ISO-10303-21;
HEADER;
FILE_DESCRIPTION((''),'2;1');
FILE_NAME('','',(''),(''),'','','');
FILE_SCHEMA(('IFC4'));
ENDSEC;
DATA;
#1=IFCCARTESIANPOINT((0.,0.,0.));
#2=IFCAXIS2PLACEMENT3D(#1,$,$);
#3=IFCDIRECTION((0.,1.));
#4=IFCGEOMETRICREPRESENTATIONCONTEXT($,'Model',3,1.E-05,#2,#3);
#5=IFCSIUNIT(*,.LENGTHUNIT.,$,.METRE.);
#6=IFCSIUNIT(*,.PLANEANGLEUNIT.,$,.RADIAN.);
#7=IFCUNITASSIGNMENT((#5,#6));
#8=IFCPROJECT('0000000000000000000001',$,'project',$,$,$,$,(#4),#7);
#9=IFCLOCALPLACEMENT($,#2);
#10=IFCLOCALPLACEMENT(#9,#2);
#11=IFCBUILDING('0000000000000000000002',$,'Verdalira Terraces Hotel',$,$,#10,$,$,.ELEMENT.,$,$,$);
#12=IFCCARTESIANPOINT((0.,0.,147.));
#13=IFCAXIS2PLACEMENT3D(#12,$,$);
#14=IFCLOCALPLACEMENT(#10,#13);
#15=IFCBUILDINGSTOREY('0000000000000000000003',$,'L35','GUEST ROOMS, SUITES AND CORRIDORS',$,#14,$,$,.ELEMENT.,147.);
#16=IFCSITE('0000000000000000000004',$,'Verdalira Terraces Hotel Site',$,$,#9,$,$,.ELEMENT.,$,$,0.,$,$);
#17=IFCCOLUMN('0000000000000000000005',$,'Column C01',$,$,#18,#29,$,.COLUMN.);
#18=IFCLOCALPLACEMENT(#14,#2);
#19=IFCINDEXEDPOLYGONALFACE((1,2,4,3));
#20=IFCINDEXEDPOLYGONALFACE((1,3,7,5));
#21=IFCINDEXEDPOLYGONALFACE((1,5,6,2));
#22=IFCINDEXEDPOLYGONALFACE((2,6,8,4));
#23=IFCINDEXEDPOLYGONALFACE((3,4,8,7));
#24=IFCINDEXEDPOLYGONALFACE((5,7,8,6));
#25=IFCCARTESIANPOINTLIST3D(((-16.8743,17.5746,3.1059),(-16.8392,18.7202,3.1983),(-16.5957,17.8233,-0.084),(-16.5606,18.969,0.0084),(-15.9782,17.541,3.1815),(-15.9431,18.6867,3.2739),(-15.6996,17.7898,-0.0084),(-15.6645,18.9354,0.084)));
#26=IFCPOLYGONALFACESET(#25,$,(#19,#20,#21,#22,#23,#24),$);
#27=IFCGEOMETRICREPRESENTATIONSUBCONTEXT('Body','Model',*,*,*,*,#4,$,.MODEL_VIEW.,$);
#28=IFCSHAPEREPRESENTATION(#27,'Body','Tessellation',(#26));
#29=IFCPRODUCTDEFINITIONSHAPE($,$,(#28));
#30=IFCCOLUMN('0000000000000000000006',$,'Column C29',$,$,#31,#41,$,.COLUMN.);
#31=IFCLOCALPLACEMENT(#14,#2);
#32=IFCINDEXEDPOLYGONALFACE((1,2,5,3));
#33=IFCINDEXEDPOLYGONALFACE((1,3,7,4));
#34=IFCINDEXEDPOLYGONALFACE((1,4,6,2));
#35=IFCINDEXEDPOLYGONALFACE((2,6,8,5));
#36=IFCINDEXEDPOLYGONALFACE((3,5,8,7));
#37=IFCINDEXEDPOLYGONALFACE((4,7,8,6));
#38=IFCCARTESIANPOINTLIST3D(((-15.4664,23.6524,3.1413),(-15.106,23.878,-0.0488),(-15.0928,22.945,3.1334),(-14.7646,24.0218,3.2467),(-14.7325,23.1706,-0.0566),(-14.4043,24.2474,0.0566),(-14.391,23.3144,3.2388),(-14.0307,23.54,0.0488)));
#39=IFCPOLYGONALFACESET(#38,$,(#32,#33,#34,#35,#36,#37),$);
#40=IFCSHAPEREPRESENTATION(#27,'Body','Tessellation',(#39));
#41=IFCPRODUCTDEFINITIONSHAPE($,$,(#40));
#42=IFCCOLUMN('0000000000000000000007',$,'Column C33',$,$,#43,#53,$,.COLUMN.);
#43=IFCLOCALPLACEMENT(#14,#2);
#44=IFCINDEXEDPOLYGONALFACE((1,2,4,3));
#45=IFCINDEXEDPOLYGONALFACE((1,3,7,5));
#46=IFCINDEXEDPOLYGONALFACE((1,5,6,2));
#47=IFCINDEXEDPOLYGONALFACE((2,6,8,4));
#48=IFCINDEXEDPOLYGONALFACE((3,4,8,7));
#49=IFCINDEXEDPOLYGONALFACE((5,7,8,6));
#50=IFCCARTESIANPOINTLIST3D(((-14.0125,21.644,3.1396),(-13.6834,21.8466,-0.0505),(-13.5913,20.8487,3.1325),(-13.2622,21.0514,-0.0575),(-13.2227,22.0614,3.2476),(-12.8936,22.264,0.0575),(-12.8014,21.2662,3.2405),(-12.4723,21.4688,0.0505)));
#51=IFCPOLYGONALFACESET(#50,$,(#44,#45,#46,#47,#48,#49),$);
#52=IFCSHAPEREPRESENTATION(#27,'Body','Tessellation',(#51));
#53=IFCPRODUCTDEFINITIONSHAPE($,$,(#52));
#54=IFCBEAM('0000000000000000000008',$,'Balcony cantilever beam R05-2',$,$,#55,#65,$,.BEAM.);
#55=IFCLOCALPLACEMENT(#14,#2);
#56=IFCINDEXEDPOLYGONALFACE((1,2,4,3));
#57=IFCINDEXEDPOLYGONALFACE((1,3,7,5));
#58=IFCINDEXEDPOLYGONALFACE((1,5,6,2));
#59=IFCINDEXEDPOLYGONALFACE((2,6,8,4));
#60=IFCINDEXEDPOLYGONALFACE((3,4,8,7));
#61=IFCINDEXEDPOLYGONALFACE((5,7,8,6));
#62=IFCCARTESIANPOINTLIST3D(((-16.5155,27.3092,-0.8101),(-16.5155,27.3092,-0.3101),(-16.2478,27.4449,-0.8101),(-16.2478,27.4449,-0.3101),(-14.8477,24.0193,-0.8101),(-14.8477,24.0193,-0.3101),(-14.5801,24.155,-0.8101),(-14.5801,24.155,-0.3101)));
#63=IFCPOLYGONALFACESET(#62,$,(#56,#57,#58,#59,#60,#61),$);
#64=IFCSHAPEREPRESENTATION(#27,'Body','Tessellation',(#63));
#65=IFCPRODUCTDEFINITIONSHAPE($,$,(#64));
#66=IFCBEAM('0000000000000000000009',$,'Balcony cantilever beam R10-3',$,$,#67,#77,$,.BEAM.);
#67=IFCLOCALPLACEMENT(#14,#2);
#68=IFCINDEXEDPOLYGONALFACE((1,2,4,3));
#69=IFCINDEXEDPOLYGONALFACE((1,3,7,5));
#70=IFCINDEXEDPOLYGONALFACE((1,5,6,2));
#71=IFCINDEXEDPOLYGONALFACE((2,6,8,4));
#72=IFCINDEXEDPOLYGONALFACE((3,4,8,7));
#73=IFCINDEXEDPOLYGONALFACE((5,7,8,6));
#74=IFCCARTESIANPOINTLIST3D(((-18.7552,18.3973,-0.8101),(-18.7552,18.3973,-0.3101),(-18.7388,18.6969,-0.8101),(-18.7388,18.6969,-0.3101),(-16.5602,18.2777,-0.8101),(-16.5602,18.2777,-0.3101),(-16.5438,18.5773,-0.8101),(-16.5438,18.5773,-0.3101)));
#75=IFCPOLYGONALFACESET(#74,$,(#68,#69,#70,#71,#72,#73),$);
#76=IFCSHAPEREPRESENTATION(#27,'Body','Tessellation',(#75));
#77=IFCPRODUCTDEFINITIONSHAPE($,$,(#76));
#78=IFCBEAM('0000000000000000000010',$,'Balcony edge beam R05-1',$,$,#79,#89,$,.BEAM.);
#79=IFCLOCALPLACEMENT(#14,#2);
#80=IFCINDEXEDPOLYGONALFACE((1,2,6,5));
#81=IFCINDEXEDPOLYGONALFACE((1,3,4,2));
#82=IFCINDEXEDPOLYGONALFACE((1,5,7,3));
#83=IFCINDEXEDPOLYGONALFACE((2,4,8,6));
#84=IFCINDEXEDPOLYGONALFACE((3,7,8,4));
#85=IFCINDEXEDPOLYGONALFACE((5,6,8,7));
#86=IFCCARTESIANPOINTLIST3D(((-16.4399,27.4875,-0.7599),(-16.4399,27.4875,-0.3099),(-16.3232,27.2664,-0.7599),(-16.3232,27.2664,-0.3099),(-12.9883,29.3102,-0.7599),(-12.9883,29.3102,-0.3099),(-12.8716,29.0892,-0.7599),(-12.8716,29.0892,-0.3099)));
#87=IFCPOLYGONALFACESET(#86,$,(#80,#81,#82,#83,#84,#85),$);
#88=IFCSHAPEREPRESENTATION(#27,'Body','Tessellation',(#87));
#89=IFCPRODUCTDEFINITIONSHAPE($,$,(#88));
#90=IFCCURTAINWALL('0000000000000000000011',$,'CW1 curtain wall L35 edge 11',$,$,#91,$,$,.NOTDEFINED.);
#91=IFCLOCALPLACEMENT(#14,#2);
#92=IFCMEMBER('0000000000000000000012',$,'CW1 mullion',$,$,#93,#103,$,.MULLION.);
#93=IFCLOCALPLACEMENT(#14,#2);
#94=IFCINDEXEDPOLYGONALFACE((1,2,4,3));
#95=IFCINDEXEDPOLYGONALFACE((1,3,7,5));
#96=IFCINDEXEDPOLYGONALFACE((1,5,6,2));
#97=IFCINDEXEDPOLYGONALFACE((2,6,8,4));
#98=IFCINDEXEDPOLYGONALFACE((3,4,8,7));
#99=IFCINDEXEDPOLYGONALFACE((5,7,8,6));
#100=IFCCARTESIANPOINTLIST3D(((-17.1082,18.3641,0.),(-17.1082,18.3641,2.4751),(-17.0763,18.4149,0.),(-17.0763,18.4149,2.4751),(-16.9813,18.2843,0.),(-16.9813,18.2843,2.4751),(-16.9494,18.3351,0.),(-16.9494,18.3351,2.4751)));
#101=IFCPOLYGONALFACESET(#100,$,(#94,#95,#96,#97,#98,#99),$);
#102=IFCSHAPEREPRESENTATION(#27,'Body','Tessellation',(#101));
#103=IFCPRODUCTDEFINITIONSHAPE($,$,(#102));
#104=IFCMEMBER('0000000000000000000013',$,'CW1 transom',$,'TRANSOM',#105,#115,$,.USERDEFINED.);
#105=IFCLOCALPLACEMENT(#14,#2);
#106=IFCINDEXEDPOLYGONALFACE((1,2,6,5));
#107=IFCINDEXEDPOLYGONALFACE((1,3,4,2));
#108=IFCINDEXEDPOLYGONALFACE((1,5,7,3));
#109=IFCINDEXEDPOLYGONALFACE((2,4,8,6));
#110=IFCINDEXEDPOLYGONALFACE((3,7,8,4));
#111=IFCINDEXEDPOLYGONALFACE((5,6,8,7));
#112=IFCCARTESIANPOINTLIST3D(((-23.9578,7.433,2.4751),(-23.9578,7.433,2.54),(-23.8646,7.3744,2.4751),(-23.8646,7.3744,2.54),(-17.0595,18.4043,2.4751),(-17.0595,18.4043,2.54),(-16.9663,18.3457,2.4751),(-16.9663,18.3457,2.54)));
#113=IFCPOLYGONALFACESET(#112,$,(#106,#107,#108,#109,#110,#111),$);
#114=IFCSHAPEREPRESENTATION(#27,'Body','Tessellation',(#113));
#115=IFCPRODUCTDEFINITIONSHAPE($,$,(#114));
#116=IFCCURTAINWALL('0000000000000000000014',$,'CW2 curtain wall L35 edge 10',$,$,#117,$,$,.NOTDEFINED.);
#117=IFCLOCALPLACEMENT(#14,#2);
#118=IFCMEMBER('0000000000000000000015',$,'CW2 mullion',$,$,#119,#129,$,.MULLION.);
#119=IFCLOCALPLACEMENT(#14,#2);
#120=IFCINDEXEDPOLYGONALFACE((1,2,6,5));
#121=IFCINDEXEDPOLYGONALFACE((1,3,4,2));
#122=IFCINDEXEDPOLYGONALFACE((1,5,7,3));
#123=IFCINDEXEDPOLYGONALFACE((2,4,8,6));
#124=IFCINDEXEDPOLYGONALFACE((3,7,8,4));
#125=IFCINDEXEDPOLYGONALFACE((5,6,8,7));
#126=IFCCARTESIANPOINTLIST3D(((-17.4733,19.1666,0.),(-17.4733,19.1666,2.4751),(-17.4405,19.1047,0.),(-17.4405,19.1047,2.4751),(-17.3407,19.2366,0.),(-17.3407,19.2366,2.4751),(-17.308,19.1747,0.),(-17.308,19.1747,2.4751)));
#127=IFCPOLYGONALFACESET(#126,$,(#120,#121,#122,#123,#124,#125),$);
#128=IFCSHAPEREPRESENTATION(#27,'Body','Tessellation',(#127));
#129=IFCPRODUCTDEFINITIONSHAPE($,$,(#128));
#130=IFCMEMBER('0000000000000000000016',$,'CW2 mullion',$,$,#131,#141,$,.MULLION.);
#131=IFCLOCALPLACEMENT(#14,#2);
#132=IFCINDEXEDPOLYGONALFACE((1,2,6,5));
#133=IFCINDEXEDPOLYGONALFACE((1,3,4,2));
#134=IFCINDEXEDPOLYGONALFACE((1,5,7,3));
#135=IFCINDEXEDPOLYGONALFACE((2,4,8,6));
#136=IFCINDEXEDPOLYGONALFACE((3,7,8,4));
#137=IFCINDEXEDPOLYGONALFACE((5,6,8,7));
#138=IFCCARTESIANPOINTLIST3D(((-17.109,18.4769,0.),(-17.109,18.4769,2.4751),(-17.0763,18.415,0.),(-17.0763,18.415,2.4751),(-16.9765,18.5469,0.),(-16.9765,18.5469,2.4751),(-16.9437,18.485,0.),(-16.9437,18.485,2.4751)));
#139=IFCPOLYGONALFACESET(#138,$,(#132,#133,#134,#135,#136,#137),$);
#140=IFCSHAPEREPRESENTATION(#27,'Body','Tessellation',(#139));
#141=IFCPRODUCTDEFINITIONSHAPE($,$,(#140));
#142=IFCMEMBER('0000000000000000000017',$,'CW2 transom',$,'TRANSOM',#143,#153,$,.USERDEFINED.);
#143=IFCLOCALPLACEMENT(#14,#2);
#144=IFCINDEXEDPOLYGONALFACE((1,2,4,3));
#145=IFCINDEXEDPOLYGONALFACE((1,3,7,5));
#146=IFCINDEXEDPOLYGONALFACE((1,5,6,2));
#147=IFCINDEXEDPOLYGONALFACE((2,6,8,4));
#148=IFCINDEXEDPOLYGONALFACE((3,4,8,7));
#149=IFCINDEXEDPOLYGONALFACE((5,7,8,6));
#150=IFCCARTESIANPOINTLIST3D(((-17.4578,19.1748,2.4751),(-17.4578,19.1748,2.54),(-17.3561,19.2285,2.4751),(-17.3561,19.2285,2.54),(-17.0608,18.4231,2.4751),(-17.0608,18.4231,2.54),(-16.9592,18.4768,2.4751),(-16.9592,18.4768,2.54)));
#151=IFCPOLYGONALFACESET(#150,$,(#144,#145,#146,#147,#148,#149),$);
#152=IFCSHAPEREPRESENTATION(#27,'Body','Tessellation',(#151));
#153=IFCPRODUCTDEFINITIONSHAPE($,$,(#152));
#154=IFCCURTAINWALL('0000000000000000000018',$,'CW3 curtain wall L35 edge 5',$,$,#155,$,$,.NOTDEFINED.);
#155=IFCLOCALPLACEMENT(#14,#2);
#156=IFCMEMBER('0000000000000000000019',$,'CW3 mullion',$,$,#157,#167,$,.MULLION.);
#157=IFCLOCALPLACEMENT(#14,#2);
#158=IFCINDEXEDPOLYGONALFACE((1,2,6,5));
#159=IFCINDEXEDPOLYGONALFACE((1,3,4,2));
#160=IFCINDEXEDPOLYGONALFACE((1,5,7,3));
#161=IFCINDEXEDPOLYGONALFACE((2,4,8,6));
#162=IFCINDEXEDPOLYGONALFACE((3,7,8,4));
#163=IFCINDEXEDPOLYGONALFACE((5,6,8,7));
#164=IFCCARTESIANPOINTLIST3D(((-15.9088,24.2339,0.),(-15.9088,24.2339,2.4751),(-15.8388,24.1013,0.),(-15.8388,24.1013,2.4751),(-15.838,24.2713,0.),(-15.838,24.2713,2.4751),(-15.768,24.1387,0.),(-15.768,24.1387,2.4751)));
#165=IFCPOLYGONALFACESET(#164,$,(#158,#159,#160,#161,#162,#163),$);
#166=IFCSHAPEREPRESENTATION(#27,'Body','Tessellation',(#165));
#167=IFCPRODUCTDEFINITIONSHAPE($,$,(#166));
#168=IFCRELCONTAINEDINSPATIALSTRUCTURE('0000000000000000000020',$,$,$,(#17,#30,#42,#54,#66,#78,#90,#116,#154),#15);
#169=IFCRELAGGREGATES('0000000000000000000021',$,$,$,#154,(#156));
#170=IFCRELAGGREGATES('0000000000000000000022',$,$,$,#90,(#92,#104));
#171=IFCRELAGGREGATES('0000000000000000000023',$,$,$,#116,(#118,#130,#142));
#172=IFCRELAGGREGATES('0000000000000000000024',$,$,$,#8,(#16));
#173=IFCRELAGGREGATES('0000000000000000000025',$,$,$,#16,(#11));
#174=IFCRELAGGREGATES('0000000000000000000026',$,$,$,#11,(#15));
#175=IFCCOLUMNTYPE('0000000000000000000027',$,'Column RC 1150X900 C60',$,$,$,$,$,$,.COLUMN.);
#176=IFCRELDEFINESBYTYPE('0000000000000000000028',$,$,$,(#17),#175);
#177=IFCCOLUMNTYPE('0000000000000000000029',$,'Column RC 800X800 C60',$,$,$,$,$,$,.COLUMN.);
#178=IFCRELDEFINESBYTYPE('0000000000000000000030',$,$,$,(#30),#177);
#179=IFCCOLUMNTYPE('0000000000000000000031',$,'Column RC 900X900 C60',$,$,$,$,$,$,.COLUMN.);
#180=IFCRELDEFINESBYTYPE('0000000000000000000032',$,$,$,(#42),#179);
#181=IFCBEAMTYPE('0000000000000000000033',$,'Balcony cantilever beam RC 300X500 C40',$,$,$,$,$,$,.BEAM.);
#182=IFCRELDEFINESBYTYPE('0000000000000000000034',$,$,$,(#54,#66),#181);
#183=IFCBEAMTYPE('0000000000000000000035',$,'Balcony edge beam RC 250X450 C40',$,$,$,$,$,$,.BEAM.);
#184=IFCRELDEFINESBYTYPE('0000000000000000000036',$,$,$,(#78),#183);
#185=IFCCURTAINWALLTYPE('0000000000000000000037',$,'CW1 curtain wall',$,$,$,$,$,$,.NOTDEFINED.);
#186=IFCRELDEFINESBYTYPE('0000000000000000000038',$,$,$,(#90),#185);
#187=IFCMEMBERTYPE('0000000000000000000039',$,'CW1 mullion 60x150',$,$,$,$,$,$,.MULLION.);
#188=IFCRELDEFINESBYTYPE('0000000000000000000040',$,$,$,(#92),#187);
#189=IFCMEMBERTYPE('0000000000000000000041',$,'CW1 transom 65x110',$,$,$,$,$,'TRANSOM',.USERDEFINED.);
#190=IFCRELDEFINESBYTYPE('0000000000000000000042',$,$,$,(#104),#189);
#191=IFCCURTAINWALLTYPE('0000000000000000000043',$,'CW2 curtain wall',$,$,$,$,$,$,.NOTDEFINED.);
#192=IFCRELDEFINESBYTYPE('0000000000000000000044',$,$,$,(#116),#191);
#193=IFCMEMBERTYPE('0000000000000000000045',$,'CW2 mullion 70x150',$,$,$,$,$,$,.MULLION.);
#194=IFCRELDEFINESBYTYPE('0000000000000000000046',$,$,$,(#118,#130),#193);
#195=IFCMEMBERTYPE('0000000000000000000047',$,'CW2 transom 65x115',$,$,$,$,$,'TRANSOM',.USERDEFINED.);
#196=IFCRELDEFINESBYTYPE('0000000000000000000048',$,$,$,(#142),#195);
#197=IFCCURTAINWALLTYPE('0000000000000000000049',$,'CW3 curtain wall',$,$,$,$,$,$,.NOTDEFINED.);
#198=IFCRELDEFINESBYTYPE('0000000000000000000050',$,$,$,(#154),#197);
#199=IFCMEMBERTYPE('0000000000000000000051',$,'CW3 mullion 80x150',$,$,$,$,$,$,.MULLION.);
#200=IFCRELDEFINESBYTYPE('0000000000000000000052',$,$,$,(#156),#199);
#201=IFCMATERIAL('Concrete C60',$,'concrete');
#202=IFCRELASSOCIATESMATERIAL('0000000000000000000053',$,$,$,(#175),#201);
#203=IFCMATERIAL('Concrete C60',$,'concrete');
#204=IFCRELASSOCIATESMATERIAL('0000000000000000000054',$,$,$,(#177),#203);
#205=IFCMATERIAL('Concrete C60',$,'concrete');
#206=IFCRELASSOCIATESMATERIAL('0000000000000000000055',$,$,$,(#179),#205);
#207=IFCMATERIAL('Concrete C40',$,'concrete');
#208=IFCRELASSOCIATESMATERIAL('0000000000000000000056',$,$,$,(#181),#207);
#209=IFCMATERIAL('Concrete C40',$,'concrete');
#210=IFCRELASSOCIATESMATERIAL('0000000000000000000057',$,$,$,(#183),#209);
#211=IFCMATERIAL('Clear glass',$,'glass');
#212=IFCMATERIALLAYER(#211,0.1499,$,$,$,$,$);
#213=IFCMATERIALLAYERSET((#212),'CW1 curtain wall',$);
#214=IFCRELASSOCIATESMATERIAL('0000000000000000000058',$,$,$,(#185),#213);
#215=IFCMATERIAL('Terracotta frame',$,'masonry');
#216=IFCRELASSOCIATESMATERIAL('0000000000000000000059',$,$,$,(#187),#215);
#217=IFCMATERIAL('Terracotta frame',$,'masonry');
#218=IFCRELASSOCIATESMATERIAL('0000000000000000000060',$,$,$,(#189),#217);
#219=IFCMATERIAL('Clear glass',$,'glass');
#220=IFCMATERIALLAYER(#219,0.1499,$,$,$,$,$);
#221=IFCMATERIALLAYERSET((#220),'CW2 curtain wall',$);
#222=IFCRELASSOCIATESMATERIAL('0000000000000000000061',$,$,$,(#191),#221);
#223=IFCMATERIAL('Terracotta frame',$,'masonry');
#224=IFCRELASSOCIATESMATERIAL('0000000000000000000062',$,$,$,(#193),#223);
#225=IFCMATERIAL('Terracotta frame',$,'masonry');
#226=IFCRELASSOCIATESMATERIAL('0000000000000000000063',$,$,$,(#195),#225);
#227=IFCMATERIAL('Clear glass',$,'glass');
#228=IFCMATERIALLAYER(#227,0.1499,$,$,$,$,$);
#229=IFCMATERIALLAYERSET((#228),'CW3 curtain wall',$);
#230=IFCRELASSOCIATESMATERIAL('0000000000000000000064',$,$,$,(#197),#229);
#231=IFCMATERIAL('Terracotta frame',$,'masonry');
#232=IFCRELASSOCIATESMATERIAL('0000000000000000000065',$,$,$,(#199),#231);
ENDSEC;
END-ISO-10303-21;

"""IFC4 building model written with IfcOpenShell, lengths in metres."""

from ifc_helpers import new_model, si_unit, direction, frame, origin, origin_2d, place, context, subcontext, project, spatial, rectangle, extrude, material, layer, layer_set, material_profile, profile_set, type_object, element, aggregate, save


model = new_model("IFC4")

# Units and contexts
model_context = context("Model", 3, precision=1e-05, world=origin(), true_north=direction((0.0, 1.0)))
body_context = subcontext(model_context, "Body", "Model", "MODEL_VIEW")
ifc_project = project(units=[si_unit("LENGTHUNIT", "METRE"), si_unit("PLANEANGLEUNIT", "RADIAN")], contexts=[model_context])

# Site, building, storey
site_placement = place(None, origin())
site = spatial("IfcSite", under=ifc_project, at=site_placement, Name="Verdalira Terraces Hotel Site", CompositionType="ELEMENT", RefElevation=0.0)
building_placement = place(site_placement, origin())
building = spatial("IfcBuilding", under=site, at=building_placement, Name="Verdalira Terraces Hotel", CompositionType="ELEMENT")
storey_placement = place(building_placement, frame((0.0, 0.0, 147.0)))
storey = spatial("IfcBuildingStorey", under=building, at=storey_placement, Name="L35", Description="GUEST ROOMS, SUITES AND CORRIDORS", CompositionType="ELEMENT", Elevation=147.0)

# Columns
ifc_material_1 = material(Name="Concrete C60", Category="concrete")
ifc_material_profile_1 = material_profile(ifc_material_1, rectangle(XDim=1.1499, YDim=0.8999, at=origin_2d()), Name="RC 1150X900")
ifc_profile_set_1 = profile_set([ifc_material_profile_1], Name="Concrete C60")
column_type_1 = type_object("IfcColumnType", Name="Column RC 1150X900 C60", PredefinedType="COLUMN", material=ifc_profile_set_1)
column_1_placement = place(storey_placement, frame((-16.1301, 18.3794, 0.0), z_axis=(-0.086733, -0.07746, 0.993216), x_axis=(0.030513, 0.996298, 0.080365)))
element("IfcColumn", 1, at=column_1_placement, inside=storey, type_object=column_type_1, Name="Column C01", PredefinedType="COLUMN", context=body_context, shape_type="SweptSolid", body=[
    extrude(rectangle(XDim=1.1499, YDim=0.8999, at=origin_2d()), origin(), (0.0, 0.0, 1.0), 3.2117),
])
ifc_material_2 = material(Name="Concrete C60", Category="concrete")
ifc_material_profile_2 = material_profile(ifc_material_2, rectangle(XDim=0.8, YDim=0.8, at=origin_2d()), Name="RC 800X800")
ifc_profile_set_2 = profile_set([ifc_material_profile_2], Name="Concrete C60")
column_type_2 = type_object("IfcColumnType", Name="Column RC 800X800 C60", PredefinedType="COLUMN", material=ifc_profile_set_2)
column_2_placement = place(storey_placement, frame((-14.5684, 23.709, 0.0), z_axis=(-0.111975, -0.070098, 0.991236), x_axis=(-0.877166, -0.461762, -0.131744)))
element("IfcColumn", 2, at=column_2_placement, inside=storey, type_object=column_type_2, Name="Column C29", PredefinedType="COLUMN", context=body_context, shape_type="SweptSolid", body=[
    extrude(rectangle(XDim=0.8, YDim=0.8, at=origin_2d()), origin(), (0.0, 0.0, 1.0), 3.2183),
])
ifc_material_3 = material(Name="Concrete C60", Category="concrete")
ifc_material_profile_3 = material_profile(ifc_material_3, rectangle(XDim=0.8999, YDim=0.8999, at=origin_2d()), Name="RC 900X900")
ifc_profile_set_3 = profile_set([ifc_material_profile_3], Name="Concrete C60")
column_type_3 = type_object("IfcColumnType", Name="Column RC 900X900 C60", PredefinedType="COLUMN", material=ifc_profile_set_3)
column_3_placement = place(storey_placement, frame((-13.0779, 21.6577, 0.0), z_axis=(-0.10242, -0.063062, 0.99274), x_axis=(-0.468077, 0.883653, 0.007842)))
element("IfcColumn", 3, at=column_3_placement, inside=storey, type_object=column_type_3, Name="Column C33", PredefinedType="COLUMN", context=body_context, shape_type="SweptSolid", body=[
    extrude(rectangle(XDim=0.8999, YDim=0.8999, at=origin_2d()), origin(), (0.0, 0.0, 1.0), 3.2134),
])

# Beams
ifc_material_4 = material(Name="Concrete C40", Category="concrete")
ifc_material_profile_4 = material_profile(ifc_material_4, rectangle(XDim=0.3, YDim=0.5, at=origin_2d()), Name="RC 300X500")
ifc_profile_set_4 = profile_set([ifc_material_profile_4], Name="Concrete C40")
beam_type_1 = type_object("IfcBeamType", Name="Balcony cantilever beam RC 300X500 C40", PredefinedType="BEAM", material=ifc_profile_set_4)
beam_1_placement = place(storey_placement, frame((-14.7139, 24.0872, -0.5601), z_axis=(-0.452158, 0.891938, 0.0), x_axis=(-0.891938, -0.452158, 0.0)))
element("IfcBeam", 4, at=beam_1_placement, inside=storey, type_object=beam_type_1, Name="Balcony cantilever beam R05-2", PredefinedType="BEAM", context=body_context, shape_type="SweptSolid", body=[
    extrude(rectangle(XDim=0.3, YDim=0.5, at=origin_2d()), origin(), (0.0, 0.0, 1.0), 3.6885),
])
beam_2_placement = place(storey_placement, frame((-16.552, 18.4275, -0.5601), z_axis=(-0.998518, 0.054418, 0.0), x_axis=(-0.054418, -0.998518, 0.0)))
element("IfcBeam", 5, at=beam_2_placement, inside=storey, type_object=beam_type_1, Name="Balcony cantilever beam R10-3", PredefinedType="BEAM", context=body_context, shape_type="SweptSolid", body=[
    extrude(rectangle(XDim=0.3, YDim=0.5, at=origin_2d()), origin(), (0.0, 0.0, 1.0), 2.1982),
])
ifc_material_5 = material(Name="Concrete C40", Category="concrete")
ifc_material_profile_5 = material_profile(ifc_material_5, rectangle(XDim=0.25, YDim=0.45, at=origin_2d()), Name="RC 250X450")
ifc_profile_set_5 = profile_set([ifc_material_profile_5], Name="Concrete C40")
beam_type_2 = type_object("IfcBeamType", Name="Balcony edge beam RC 250X450 C40", PredefinedType="BEAM", material=ifc_profile_set_5)
beam_3_placement = place(storey_placement, frame((-12.9299, 29.1997, -0.5349), z_axis=(-0.884274, -0.466968, 0.0), x_axis=(0.466968, -0.884274, 0.0)))
element("IfcBeam", 6, at=beam_3_placement, inside=storey, type_object=beam_type_2, Name="Balcony edge beam R05-1", PredefinedType="BEAM", context=body_context, shape_type="SweptSolid", body=[
    extrude(rectangle(XDim=0.25, YDim=0.45, at=origin_2d()), origin(), (0.0, 0.0, 1.0), 3.9033),
])

# Curtain walls, members
ifc_material_6 = material(Name="Clear glass", Category="glass")
ifc_layer_1 = layer(ifc_material_6, 0.1499)
ifc_layer_set_1 = layer_set([ifc_layer_1], Name="CW1 curtain wall")
curtain_wall_type_1 = type_object("IfcCurtainWallType", Name="CW1 curtain wall", PredefinedType="NOTDEFINED", material=ifc_layer_set_1)
curtain_wall_1_placement = place(storey_placement, origin())
curtain_wall_1 = element("IfcCurtainWall", 7, at=curtain_wall_1_placement, inside=storey, type_object=curtain_wall_type_1, Name="CW1 curtain wall L35 edge 11", PredefinedType="NOTDEFINED")
ifc_material_7 = material(Name="Terracotta frame", Category="masonry")
ifc_material_profile_6 = material_profile(ifc_material_7, rectangle(XDim=0.0601, YDim=0.1499, at=origin_2d()), Name="MU 60x150")
ifc_profile_set_6 = profile_set([ifc_material_profile_6], Name="Terracotta frame")
member_type_1 = type_object("IfcMemberType", Name="CW1 mullion 60x150", PredefinedType="MULLION", material=ifc_profile_set_6)
member_1_placement = place(storey_placement, frame((-17.0288, 18.3496, 0.0), z_axis=(0.0, 0.0, 1.0), x_axis=(-0.532285, -0.846565, 0.0)))
member_1 = element("IfcMember", 8, at=member_1_placement, type_object=member_type_1, Name="CW1 mullion", PredefinedType="MULLION", context=body_context, shape_type="SweptSolid", body=[
    extrude(rectangle(XDim=0.0601, YDim=0.1499, at=origin_2d()), origin(), (0.0, 0.0, 1.0), 2.4751),
])
ifc_material_8 = material(Name="Terracotta frame", Category="masonry")
ifc_material_profile_7 = material_profile(ifc_material_8, rectangle(XDim=0.1101, YDim=0.0649, at=origin_2d()), Name="TR 65x110")
ifc_profile_set_7 = profile_set([ifc_material_profile_7], Name="Terracotta frame")
member_type_2 = type_object("IfcMemberType", Name="CW1 transom 65x110", ElementType="TRANSOM", PredefinedType="USERDEFINED", material=ifc_profile_set_7)
member_2_placement = place(storey_placement, frame((-17.0129, 18.375, 2.5076), z_axis=(-0.532283, -0.846566, 0.0), x_axis=(0.846566, -0.532283, 0.0)))
member_2 = element("IfcMember", 9, at=member_2_placement, type_object=member_type_2, Name="CW1 transom", ObjectType="TRANSOM", PredefinedType="USERDEFINED", context=body_context, shape_type="SweptSolid", body=[
    extrude(rectangle(XDim=0.1101, YDim=0.0649, at=origin_2d()), origin(), (0.0, 0.0, 1.0), 12.9597),
])
ifc_material_9 = material(Name="Clear glass", Category="glass")
ifc_layer_2 = layer(ifc_material_9, 0.1499)
ifc_layer_set_2 = layer_set([ifc_layer_2], Name="CW2 curtain wall")
curtain_wall_type_2 = type_object("IfcCurtainWallType", Name="CW2 curtain wall", PredefinedType="NOTDEFINED", material=ifc_layer_set_2)
curtain_wall_2_placement = place(storey_placement, origin())
curtain_wall_2 = element("IfcCurtainWall", 10, at=curtain_wall_2_placement, inside=storey, type_object=curtain_wall_type_2, Name="CW2 curtain wall L35 edge 10", PredefinedType="NOTDEFINED")
ifc_material_10 = material(Name="Terracotta frame", Category="masonry")
ifc_material_profile_8 = material_profile(ifc_material_10, rectangle(XDim=0.0701, YDim=0.1499, at=origin_2d()), Name="MU 70x150")
ifc_profile_set_8 = profile_set([ifc_material_profile_8], Name="Terracotta frame")
member_type_3 = type_object("IfcMemberType", Name="CW2 mullion 70x150", PredefinedType="MULLION", material=ifc_profile_set_8)
member_3_placement = place(storey_placement, frame((-17.3906, 19.1707, 0.0), z_axis=(0.0, 0.0, 1.0), x_axis=(0.467004, -0.884255, 0.0)))
member_3 = element("IfcMember", 11, at=member_3_placement, type_object=member_type_3, Name="CW2 mullion", PredefinedType="MULLION", context=body_context, shape_type="SweptSolid", body=[
    extrude(rectangle(XDim=0.0701, YDim=0.1499, at=origin_2d()), origin(), (0.0, 0.0, 1.0), 2.4751),
])
member_4_placement = place(storey_placement, frame((-17.0264, 18.481, 0.0), z_axis=(0.0, 0.0, 1.0), x_axis=(0.467004, -0.884255, 0.0)))
member_4 = element("IfcMember", 12, at=member_4_placement, type_object=member_type_3, Name="CW2 mullion", PredefinedType="MULLION", context=body_context, shape_type="SweptSolid", body=[
    extrude(rectangle(XDim=0.0701, YDim=0.1499, at=origin_2d()), origin(), (0.0, 0.0, 1.0), 2.4751),
])
ifc_material_11 = material(Name="Terracotta frame", Category="masonry")
ifc_material_profile_9 = material_profile(ifc_material_11, rectangle(XDim=0.115, YDim=0.0649, at=origin_2d()), Name="TR 65x115")
ifc_profile_set_9 = profile_set([ifc_material_profile_9], Name="Terracotta frame")
member_type_4 = type_object("IfcMemberType", Name="CW2 transom 65x115", ElementType="TRANSOM", PredefinedType="USERDEFINED", material=ifc_profile_set_9)
member_5_placement = place(storey_placement, frame((-17.407, 19.2017, 2.5076), z_axis=(0.466977, -0.884269, 0.0), x_axis=(0.884269, 0.466977, 0.0)))
member_5 = element("IfcMember", 13, at=member_5_placement, type_object=member_type_4, Name="CW2 transom", ObjectType="TRANSOM", PredefinedType="USERDEFINED", context=body_context, shape_type="SweptSolid", body=[
    extrude(rectangle(XDim=0.115, YDim=0.0649, at=origin_2d()), origin(), (0.0, 0.0, 1.0), 0.8501),
])

# Curtain wall, member
ifc_material_12 = material(Name="Clear glass", Category="glass")
ifc_layer_3 = layer(ifc_material_12, 0.1499)
ifc_layer_set_3 = layer_set([ifc_layer_3], Name="CW3 curtain wall")
curtain_wall_type_3 = type_object("IfcCurtainWallType", Name="CW3 curtain wall", PredefinedType="NOTDEFINED", material=ifc_layer_set_3)
curtain_wall_3_placement = place(storey_placement, origin())
curtain_wall_3 = element("IfcCurtainWall", 14, at=curtain_wall_3_placement, inside=storey, type_object=curtain_wall_type_3, Name="CW3 curtain wall L35 edge 5", PredefinedType="NOTDEFINED")
ifc_material_13 = material(Name="Terracotta frame", Category="masonry")
ifc_material_profile_10 = material_profile(ifc_material_13, rectangle(XDim=0.0801, YDim=0.1499, at=origin_2d()), Name="MU 80x150")
ifc_profile_set_10 = profile_set([ifc_material_profile_10], Name="Terracotta frame")
member_type_5 = type_object("IfcMemberType", Name="CW3 mullion 80x150", PredefinedType="MULLION", material=ifc_profile_set_10)
member_6_placement = place(storey_placement, frame((-15.8384, 24.1863, 0.0), z_axis=(0.0, 0.0, 1.0), x_axis=(-0.884255, -0.467004, 0.0)))
member_6 = element("IfcMember", 15, at=member_6_placement, type_object=member_type_5, Name="CW3 mullion", PredefinedType="MULLION", context=body_context, shape_type="SweptSolid", body=[
    extrude(rectangle(XDim=0.0801, YDim=0.1499, at=origin_2d()), origin(), (0.0, 0.0, 1.0), 2.4751),
])
aggregate(curtain_wall_3, [member_6])

aggregate(curtain_wall_1, [member_1, member_2])

aggregate(curtain_wall_2, [member_3, member_4, member_5])

save(model, "model.ifc")
